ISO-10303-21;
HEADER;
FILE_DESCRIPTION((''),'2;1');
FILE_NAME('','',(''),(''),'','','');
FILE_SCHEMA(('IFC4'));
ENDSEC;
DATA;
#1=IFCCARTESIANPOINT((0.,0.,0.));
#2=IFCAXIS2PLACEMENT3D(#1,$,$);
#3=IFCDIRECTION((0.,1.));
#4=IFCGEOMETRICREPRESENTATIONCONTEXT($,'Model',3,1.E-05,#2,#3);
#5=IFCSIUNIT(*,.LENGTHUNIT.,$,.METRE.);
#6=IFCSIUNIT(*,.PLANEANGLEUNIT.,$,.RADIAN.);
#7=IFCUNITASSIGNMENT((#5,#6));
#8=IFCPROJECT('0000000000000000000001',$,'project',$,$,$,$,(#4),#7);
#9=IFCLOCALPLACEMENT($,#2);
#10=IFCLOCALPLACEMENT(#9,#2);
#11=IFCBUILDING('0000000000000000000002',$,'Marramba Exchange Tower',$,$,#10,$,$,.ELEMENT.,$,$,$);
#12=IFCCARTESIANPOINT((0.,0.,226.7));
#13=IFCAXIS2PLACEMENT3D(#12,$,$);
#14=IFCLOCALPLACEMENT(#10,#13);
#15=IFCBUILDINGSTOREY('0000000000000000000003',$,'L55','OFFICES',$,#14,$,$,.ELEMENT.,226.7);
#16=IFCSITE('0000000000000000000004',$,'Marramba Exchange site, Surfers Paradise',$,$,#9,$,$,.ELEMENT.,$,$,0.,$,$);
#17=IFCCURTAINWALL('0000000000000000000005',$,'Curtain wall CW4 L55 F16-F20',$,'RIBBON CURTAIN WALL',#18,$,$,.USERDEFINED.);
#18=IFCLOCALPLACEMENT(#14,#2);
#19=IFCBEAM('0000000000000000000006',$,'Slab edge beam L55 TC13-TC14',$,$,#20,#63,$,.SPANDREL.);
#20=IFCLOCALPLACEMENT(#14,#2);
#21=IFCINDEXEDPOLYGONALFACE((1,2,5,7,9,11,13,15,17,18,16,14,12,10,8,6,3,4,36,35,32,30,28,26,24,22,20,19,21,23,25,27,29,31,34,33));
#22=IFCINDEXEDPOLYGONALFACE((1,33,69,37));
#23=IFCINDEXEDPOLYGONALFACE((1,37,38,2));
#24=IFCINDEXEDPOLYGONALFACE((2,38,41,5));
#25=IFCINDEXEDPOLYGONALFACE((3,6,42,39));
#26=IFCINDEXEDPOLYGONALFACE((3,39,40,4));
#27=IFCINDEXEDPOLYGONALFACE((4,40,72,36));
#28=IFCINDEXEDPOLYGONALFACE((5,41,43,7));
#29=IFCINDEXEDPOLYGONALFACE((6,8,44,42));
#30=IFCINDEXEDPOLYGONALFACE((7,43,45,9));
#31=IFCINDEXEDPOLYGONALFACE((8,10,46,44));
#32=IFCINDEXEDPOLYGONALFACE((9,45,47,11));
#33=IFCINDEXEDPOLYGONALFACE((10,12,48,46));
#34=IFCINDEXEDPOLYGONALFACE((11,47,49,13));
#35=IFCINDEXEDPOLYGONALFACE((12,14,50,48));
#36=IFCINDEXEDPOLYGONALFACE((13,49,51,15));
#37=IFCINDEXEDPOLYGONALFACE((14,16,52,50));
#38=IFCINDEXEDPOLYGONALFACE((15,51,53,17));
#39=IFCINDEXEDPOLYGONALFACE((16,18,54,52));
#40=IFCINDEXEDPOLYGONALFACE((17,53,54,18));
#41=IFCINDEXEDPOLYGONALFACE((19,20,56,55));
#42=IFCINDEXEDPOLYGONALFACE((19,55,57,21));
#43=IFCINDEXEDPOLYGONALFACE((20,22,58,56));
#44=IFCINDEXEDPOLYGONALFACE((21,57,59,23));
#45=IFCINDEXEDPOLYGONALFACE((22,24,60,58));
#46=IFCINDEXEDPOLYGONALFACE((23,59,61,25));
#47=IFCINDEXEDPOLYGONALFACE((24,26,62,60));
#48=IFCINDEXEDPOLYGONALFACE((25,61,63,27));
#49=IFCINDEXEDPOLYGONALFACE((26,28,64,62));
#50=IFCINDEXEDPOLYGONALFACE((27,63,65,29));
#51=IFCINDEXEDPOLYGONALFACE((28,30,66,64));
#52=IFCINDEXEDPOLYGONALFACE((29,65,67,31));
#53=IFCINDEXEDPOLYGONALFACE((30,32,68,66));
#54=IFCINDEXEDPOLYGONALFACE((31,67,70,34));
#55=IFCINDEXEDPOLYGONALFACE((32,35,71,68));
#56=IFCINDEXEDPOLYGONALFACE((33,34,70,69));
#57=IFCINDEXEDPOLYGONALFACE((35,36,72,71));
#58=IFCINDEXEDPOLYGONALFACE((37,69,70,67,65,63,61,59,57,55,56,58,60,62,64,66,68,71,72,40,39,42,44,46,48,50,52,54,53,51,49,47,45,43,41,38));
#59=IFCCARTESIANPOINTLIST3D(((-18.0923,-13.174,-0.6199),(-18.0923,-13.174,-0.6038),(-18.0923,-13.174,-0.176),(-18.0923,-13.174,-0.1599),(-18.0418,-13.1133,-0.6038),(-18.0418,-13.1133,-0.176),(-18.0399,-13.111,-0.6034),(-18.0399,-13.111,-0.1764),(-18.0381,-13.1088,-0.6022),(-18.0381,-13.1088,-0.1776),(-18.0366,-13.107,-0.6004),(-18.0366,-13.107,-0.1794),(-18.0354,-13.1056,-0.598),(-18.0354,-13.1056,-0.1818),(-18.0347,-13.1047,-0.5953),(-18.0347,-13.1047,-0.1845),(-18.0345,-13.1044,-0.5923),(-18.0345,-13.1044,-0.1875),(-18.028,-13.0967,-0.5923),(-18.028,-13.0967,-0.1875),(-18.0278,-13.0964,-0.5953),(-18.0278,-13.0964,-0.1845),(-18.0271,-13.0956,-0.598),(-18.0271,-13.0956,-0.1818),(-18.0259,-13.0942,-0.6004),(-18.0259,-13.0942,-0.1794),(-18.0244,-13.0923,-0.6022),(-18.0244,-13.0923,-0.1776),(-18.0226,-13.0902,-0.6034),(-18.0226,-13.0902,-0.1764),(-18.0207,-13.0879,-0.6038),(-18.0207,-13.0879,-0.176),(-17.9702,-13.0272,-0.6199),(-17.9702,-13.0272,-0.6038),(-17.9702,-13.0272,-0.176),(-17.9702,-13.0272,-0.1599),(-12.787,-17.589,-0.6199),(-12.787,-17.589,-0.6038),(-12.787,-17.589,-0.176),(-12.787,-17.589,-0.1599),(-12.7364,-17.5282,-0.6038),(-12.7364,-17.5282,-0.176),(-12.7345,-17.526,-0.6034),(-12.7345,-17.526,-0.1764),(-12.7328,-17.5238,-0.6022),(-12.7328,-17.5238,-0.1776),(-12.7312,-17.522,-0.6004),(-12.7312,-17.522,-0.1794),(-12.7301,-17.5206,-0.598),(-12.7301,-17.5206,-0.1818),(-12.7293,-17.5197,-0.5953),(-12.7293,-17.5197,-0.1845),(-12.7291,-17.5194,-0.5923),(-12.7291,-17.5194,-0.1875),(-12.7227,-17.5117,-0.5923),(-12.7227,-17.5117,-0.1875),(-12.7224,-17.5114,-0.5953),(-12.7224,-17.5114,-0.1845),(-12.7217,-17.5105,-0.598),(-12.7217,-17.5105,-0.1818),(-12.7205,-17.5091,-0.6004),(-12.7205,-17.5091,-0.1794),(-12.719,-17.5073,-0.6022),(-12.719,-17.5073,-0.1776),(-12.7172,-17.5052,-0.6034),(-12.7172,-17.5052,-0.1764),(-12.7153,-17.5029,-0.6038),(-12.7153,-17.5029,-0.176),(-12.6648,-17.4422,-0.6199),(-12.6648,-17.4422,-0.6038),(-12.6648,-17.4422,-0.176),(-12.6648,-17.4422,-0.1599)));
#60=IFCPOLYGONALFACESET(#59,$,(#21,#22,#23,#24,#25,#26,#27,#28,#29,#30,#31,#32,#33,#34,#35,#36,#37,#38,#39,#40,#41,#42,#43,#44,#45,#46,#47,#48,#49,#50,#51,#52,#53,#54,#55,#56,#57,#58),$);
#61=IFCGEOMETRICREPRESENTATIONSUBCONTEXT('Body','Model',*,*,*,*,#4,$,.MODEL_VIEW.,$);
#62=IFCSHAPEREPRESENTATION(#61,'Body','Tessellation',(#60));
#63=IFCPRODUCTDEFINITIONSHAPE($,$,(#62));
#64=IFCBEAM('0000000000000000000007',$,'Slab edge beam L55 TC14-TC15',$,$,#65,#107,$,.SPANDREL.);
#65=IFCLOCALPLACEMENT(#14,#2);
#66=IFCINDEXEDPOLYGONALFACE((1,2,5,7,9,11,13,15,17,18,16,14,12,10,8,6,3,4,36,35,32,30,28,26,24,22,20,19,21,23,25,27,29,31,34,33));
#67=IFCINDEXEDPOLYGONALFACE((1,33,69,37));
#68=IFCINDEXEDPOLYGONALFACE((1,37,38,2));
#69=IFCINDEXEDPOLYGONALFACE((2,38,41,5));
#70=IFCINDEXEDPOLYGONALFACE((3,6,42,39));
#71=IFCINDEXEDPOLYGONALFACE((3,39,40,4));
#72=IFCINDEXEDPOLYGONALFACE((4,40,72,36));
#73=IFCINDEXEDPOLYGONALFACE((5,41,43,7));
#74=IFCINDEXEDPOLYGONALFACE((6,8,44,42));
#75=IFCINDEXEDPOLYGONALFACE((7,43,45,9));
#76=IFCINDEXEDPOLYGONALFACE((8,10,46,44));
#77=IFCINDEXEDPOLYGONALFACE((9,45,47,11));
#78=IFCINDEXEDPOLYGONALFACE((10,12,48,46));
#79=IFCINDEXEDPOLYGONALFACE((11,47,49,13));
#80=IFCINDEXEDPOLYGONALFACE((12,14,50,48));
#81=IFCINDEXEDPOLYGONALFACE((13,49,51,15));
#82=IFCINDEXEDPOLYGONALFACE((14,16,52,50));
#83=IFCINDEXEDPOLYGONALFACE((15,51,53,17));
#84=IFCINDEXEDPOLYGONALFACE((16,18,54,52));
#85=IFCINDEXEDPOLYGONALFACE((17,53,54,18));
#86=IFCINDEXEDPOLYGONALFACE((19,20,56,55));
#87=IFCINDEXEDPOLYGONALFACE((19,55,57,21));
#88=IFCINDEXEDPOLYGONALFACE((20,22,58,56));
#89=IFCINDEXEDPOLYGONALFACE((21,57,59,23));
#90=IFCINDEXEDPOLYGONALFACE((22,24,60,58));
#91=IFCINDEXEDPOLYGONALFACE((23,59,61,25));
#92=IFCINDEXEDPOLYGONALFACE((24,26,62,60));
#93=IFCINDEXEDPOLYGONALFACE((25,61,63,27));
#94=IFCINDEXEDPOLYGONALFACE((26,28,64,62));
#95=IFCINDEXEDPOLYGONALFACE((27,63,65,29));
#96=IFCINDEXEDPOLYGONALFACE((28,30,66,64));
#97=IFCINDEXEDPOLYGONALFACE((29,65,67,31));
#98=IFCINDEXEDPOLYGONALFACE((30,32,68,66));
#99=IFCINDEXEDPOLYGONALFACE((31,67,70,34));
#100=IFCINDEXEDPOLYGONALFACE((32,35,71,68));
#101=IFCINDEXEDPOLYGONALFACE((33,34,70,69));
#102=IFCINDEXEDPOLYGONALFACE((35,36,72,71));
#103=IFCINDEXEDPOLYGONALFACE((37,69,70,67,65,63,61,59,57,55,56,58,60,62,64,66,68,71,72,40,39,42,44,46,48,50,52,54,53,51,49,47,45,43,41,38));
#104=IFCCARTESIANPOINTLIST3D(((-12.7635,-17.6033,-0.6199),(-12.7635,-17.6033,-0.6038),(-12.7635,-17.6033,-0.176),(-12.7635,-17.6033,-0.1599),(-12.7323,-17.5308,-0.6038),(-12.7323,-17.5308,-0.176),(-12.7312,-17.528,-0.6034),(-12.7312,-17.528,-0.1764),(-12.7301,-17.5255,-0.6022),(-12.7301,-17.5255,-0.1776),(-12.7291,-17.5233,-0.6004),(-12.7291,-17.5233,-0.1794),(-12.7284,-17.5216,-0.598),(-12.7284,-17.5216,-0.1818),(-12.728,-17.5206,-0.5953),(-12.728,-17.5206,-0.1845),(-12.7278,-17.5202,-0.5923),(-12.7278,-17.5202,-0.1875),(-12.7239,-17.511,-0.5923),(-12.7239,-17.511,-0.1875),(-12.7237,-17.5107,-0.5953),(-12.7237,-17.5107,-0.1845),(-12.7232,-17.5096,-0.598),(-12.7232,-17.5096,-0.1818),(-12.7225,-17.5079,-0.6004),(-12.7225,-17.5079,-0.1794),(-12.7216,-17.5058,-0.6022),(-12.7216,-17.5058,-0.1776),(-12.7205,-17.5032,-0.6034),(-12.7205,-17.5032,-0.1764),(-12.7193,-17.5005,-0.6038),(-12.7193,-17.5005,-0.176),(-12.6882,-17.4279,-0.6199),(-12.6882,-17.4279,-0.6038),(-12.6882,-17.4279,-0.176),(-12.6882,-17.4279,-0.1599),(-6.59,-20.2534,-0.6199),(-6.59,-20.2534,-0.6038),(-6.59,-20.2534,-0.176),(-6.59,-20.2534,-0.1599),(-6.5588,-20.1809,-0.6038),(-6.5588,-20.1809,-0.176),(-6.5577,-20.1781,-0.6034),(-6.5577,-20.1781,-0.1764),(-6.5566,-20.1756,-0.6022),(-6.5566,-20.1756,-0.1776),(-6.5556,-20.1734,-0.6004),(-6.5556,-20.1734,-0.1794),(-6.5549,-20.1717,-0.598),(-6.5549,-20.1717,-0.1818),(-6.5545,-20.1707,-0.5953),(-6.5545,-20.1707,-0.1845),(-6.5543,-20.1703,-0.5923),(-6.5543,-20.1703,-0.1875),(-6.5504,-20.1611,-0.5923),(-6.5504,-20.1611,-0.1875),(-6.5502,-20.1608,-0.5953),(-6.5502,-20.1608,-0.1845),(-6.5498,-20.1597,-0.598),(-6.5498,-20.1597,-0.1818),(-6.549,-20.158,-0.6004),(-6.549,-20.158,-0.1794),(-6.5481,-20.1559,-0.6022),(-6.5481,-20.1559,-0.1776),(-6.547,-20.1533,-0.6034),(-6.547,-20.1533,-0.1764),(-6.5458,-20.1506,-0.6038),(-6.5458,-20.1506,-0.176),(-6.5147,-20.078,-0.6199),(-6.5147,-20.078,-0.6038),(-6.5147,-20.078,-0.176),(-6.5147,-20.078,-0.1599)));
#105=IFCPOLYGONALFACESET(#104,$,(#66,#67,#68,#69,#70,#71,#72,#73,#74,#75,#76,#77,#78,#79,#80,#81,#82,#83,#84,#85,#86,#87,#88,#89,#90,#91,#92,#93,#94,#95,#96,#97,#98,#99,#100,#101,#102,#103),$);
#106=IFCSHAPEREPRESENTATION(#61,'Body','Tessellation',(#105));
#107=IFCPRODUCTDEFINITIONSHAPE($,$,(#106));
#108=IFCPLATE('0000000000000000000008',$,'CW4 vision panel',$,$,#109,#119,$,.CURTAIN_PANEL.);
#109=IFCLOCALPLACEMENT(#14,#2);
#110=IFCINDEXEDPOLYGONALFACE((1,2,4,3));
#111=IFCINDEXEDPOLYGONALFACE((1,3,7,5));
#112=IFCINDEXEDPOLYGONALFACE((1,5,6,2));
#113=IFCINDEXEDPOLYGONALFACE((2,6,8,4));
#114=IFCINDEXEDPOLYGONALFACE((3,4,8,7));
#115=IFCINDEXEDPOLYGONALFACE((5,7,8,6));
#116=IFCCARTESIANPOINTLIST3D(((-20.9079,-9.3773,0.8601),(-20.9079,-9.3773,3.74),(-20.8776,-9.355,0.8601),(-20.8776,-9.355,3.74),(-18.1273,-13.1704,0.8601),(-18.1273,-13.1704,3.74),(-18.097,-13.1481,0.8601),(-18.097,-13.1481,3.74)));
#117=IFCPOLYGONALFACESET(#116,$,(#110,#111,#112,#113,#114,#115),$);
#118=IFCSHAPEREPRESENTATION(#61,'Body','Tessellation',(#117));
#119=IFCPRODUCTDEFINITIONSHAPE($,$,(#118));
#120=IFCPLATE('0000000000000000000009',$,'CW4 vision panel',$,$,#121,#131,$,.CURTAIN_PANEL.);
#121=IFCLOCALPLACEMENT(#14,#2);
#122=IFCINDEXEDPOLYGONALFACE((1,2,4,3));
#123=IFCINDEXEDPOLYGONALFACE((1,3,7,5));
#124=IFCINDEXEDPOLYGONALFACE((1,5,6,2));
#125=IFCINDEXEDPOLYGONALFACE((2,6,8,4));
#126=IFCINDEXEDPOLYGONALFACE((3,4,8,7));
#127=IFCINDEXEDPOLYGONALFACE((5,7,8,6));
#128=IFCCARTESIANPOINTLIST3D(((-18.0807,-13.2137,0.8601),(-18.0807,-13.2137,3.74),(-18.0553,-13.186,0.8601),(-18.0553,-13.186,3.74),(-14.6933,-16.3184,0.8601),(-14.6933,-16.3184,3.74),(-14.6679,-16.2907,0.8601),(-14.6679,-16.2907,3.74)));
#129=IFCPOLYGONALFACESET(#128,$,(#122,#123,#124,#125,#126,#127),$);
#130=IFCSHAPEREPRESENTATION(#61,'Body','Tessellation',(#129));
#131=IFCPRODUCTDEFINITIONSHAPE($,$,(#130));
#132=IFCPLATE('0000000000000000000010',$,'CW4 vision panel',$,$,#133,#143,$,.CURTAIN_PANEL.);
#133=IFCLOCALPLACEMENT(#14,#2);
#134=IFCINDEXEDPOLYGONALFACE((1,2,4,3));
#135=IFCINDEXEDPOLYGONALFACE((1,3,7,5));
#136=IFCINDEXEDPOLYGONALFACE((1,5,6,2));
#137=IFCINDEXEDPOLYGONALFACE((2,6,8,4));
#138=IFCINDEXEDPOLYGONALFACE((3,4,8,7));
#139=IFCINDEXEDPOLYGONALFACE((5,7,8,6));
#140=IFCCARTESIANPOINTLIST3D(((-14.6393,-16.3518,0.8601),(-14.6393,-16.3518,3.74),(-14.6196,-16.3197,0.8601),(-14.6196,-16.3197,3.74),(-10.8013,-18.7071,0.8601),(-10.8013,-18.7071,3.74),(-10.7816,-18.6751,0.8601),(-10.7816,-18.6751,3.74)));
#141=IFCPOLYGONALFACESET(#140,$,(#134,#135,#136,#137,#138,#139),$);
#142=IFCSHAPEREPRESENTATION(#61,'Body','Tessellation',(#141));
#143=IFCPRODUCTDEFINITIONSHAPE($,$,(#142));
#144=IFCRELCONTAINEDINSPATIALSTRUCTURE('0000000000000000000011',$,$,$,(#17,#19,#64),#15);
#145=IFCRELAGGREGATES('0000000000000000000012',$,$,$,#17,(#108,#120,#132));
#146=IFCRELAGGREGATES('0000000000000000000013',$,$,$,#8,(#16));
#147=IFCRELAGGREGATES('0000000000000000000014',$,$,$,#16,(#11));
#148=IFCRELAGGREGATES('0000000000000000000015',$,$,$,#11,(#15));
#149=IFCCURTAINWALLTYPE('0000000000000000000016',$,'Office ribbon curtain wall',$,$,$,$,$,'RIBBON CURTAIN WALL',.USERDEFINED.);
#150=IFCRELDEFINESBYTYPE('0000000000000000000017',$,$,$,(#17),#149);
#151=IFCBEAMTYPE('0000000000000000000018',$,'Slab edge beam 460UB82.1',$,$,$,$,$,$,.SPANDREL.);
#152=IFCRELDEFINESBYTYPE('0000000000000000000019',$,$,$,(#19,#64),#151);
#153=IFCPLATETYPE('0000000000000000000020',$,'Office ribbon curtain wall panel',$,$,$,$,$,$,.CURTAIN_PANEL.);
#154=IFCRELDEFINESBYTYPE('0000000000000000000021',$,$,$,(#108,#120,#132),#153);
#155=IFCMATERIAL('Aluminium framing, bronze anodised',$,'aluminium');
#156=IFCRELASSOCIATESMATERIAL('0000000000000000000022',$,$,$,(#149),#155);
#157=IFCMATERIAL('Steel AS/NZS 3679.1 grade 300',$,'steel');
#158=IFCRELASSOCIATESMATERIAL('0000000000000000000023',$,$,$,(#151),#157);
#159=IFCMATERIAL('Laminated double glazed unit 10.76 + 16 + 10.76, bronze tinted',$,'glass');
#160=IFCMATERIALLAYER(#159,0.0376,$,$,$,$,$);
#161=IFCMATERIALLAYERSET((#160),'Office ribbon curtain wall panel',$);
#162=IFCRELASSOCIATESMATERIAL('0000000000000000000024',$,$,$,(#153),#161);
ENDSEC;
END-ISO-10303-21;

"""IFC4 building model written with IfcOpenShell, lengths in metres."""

from ifc_helpers import new_model, si_unit, direction, frame, origin, origin_2d, place, context, subcontext, project, spatial, rectangle, i_section, extrude, material, layer, layer_set, material_profile, profile_set, type_object, element, aggregate, save


model = new_model("IFC4")

# Units and contexts
model_context = context("Model", 3, precision=1e-05, world=origin(), true_north=direction((0.0, 1.0)))
body_context = subcontext(model_context, "Body", "Model", "MODEL_VIEW")
ifc_project = project(units=[si_unit("LENGTHUNIT", "METRE"), si_unit("PLANEANGLEUNIT", "RADIAN")], contexts=[model_context])

# Site, building, storey
site_placement = place(None, origin())
site = spatial("IfcSite", under=ifc_project, at=site_placement, Name="Marramba Exchange site, Surfers Paradise", CompositionType="ELEMENT", RefElevation=0.0)
building_placement = place(site_placement, origin())
building = spatial("IfcBuilding", under=site, at=building_placement, Name="Marramba Exchange Tower", CompositionType="ELEMENT")
storey_placement = place(building_placement, frame((0.0, 0.0, 226.7)))
storey = spatial("IfcBuildingStorey", under=building, at=storey_placement, Name="L55", Description="OFFICES", CompositionType="ELEMENT", Elevation=226.7)

# Curtain wall
ifc_material_1 = material(Name="Aluminium framing, bronze anodised", Category="aluminium")
curtain_wall_type = type_object("IfcCurtainWallType", Name="Office ribbon curtain wall", ElementType="RIBBON CURTAIN WALL", PredefinedType="USERDEFINED", material=ifc_material_1)
curtain_wall_placement = place(storey_placement, origin())
curtain_wall = element("IfcCurtainWall", 1, at=curtain_wall_placement, inside=storey, type_object=curtain_wall_type, Name="Curtain wall CW4 L55 F16-F20", ObjectType="RIBBON CURTAIN WALL", PredefinedType="USERDEFINED")

# Beams
ifc_material_2 = material(Name="Steel AS/NZS 3679.1 grade 300", Category="steel")
ifc_material_profile_1 = material_profile(ifc_material_2, i_section(OverallWidth=0.1909, OverallDepth=0.46, WebThickness=0.01, FlangeThickness=0.0161, FilletRadius=0.0115, at=origin_2d()), Name="460UB82.1")
ifc_profile_set_1 = profile_set([ifc_material_profile_1], Name="Steel AS/NZS 3679.1 grade 300")
beam_type_1 = type_object("IfcBeamType", Name="Slab edge beam 460UB82.1", PredefinedType="SPANDREL", material=ifc_profile_set_1)
beam_1_placement = place(storey_placement, frame((-18.0312, -13.1006, -0.3899), z_axis=(0.768659, -0.639659, 0.0), x_axis=(0.639659, 0.768659, 0.0)))
element("IfcBeam", 2, at=beam_1_placement, inside=storey, type_object=beam_type_1, Name="Slab edge beam L55 TC13-TC14", PredefinedType="SPANDREL", context=body_context, shape_type="SweptSolid", body=[
    extrude(i_section(OverallWidth=0.1909, OverallDepth=0.46, WebThickness=0.01, FlangeThickness=0.0161, FilletRadius=0.0115, at=origin_2d()), origin(), (0.0, 0.0, 1.0), 6.9021),
])
beam_2_placement = place(storey_placement, frame((-12.7258, -17.5156, -0.3899), z_axis=(0.918912, -0.394463, 0.0), x_axis=(0.394463, 0.918912, 0.0)))
element("IfcBeam", 3, at=beam_2_placement, inside=storey, type_object=beam_type_1, Name="Slab edge beam L55 TC14-TC15", PredefinedType="SPANDREL", context=body_context, shape_type="SweptSolid", body=[
    extrude(i_section(OverallWidth=0.1909, OverallDepth=0.46, WebThickness=0.01, FlangeThickness=0.0161, FilletRadius=0.0115, at=origin_2d()), origin(), (0.0, 0.0, 1.0), 6.7183),
])

# Plates
ifc_material_3 = material(Name="Laminated double glazed unit 10.76 + 16 + 10.76, bronze tinted", Category="glass")
ifc_layer_1 = layer(ifc_material_3, 0.0376)
ifc_layer_set_1 = layer_set([ifc_layer_1], Name="Office ribbon curtain wall panel")
plate_type = type_object("IfcPlateType", Name="Office ribbon curtain wall panel", PredefinedType="CURTAIN_PANEL", material=ifc_layer_set_1)
plate_1_placement = place(storey_placement, frame((-19.5024, -11.2627, 0.8601), z_axis=(0.0, 0.0, 1.0), x_axis=(0.591223, -0.806508, 0.0)))
plate_1 = element("IfcPlate", 4, at=plate_1_placement, type_object=plate_type, Name="CW4 vision panel", PredefinedType="CURTAIN_PANEL", context=body_context, shape_type="SweptSolid", body=[
    extrude(rectangle(XDim=4.7031, YDim=0.0376, at=origin_2d()), origin(), (0.0, 0.0, 1.0), 2.8799),
])
plate_2_placement = place(storey_placement, frame((-16.3743, -14.7522, 0.8601), z_axis=(0.0, 0.0, 1.0), x_axis=(0.737203, -0.675671, 0.0)))
plate_2 = element("IfcPlate", 5, at=plate_2_placement, type_object=plate_type, Name="CW4 vision panel", PredefinedType="CURTAIN_PANEL", context=body_context, shape_type="SweptSolid", body=[
    extrude(rectangle(XDim=4.595, YDim=0.0376, at=origin_2d()), origin(), (0.0, 0.0, 1.0), 2.8799),
])
plate_3_placement = place(storey_placement, frame((-12.7104, -17.5134, 0.8601), z_axis=(0.0, 0.0, 1.0), x_axis=(0.852301, -0.523052, 0.0)))
plate_3 = element("IfcPlate", 6, at=plate_3_placement, type_object=plate_type, Name="CW4 vision panel", PredefinedType="CURTAIN_PANEL", context=body_context, shape_type="SweptSolid", body=[
    extrude(rectangle(XDim=4.5032, YDim=0.0376, at=origin_2d()), origin(), (0.0, 0.0, 1.0), 2.8799),
])
aggregate(curtain_wall, [plate_1, plate_2, plate_3])

save(model, "model.ifc")
